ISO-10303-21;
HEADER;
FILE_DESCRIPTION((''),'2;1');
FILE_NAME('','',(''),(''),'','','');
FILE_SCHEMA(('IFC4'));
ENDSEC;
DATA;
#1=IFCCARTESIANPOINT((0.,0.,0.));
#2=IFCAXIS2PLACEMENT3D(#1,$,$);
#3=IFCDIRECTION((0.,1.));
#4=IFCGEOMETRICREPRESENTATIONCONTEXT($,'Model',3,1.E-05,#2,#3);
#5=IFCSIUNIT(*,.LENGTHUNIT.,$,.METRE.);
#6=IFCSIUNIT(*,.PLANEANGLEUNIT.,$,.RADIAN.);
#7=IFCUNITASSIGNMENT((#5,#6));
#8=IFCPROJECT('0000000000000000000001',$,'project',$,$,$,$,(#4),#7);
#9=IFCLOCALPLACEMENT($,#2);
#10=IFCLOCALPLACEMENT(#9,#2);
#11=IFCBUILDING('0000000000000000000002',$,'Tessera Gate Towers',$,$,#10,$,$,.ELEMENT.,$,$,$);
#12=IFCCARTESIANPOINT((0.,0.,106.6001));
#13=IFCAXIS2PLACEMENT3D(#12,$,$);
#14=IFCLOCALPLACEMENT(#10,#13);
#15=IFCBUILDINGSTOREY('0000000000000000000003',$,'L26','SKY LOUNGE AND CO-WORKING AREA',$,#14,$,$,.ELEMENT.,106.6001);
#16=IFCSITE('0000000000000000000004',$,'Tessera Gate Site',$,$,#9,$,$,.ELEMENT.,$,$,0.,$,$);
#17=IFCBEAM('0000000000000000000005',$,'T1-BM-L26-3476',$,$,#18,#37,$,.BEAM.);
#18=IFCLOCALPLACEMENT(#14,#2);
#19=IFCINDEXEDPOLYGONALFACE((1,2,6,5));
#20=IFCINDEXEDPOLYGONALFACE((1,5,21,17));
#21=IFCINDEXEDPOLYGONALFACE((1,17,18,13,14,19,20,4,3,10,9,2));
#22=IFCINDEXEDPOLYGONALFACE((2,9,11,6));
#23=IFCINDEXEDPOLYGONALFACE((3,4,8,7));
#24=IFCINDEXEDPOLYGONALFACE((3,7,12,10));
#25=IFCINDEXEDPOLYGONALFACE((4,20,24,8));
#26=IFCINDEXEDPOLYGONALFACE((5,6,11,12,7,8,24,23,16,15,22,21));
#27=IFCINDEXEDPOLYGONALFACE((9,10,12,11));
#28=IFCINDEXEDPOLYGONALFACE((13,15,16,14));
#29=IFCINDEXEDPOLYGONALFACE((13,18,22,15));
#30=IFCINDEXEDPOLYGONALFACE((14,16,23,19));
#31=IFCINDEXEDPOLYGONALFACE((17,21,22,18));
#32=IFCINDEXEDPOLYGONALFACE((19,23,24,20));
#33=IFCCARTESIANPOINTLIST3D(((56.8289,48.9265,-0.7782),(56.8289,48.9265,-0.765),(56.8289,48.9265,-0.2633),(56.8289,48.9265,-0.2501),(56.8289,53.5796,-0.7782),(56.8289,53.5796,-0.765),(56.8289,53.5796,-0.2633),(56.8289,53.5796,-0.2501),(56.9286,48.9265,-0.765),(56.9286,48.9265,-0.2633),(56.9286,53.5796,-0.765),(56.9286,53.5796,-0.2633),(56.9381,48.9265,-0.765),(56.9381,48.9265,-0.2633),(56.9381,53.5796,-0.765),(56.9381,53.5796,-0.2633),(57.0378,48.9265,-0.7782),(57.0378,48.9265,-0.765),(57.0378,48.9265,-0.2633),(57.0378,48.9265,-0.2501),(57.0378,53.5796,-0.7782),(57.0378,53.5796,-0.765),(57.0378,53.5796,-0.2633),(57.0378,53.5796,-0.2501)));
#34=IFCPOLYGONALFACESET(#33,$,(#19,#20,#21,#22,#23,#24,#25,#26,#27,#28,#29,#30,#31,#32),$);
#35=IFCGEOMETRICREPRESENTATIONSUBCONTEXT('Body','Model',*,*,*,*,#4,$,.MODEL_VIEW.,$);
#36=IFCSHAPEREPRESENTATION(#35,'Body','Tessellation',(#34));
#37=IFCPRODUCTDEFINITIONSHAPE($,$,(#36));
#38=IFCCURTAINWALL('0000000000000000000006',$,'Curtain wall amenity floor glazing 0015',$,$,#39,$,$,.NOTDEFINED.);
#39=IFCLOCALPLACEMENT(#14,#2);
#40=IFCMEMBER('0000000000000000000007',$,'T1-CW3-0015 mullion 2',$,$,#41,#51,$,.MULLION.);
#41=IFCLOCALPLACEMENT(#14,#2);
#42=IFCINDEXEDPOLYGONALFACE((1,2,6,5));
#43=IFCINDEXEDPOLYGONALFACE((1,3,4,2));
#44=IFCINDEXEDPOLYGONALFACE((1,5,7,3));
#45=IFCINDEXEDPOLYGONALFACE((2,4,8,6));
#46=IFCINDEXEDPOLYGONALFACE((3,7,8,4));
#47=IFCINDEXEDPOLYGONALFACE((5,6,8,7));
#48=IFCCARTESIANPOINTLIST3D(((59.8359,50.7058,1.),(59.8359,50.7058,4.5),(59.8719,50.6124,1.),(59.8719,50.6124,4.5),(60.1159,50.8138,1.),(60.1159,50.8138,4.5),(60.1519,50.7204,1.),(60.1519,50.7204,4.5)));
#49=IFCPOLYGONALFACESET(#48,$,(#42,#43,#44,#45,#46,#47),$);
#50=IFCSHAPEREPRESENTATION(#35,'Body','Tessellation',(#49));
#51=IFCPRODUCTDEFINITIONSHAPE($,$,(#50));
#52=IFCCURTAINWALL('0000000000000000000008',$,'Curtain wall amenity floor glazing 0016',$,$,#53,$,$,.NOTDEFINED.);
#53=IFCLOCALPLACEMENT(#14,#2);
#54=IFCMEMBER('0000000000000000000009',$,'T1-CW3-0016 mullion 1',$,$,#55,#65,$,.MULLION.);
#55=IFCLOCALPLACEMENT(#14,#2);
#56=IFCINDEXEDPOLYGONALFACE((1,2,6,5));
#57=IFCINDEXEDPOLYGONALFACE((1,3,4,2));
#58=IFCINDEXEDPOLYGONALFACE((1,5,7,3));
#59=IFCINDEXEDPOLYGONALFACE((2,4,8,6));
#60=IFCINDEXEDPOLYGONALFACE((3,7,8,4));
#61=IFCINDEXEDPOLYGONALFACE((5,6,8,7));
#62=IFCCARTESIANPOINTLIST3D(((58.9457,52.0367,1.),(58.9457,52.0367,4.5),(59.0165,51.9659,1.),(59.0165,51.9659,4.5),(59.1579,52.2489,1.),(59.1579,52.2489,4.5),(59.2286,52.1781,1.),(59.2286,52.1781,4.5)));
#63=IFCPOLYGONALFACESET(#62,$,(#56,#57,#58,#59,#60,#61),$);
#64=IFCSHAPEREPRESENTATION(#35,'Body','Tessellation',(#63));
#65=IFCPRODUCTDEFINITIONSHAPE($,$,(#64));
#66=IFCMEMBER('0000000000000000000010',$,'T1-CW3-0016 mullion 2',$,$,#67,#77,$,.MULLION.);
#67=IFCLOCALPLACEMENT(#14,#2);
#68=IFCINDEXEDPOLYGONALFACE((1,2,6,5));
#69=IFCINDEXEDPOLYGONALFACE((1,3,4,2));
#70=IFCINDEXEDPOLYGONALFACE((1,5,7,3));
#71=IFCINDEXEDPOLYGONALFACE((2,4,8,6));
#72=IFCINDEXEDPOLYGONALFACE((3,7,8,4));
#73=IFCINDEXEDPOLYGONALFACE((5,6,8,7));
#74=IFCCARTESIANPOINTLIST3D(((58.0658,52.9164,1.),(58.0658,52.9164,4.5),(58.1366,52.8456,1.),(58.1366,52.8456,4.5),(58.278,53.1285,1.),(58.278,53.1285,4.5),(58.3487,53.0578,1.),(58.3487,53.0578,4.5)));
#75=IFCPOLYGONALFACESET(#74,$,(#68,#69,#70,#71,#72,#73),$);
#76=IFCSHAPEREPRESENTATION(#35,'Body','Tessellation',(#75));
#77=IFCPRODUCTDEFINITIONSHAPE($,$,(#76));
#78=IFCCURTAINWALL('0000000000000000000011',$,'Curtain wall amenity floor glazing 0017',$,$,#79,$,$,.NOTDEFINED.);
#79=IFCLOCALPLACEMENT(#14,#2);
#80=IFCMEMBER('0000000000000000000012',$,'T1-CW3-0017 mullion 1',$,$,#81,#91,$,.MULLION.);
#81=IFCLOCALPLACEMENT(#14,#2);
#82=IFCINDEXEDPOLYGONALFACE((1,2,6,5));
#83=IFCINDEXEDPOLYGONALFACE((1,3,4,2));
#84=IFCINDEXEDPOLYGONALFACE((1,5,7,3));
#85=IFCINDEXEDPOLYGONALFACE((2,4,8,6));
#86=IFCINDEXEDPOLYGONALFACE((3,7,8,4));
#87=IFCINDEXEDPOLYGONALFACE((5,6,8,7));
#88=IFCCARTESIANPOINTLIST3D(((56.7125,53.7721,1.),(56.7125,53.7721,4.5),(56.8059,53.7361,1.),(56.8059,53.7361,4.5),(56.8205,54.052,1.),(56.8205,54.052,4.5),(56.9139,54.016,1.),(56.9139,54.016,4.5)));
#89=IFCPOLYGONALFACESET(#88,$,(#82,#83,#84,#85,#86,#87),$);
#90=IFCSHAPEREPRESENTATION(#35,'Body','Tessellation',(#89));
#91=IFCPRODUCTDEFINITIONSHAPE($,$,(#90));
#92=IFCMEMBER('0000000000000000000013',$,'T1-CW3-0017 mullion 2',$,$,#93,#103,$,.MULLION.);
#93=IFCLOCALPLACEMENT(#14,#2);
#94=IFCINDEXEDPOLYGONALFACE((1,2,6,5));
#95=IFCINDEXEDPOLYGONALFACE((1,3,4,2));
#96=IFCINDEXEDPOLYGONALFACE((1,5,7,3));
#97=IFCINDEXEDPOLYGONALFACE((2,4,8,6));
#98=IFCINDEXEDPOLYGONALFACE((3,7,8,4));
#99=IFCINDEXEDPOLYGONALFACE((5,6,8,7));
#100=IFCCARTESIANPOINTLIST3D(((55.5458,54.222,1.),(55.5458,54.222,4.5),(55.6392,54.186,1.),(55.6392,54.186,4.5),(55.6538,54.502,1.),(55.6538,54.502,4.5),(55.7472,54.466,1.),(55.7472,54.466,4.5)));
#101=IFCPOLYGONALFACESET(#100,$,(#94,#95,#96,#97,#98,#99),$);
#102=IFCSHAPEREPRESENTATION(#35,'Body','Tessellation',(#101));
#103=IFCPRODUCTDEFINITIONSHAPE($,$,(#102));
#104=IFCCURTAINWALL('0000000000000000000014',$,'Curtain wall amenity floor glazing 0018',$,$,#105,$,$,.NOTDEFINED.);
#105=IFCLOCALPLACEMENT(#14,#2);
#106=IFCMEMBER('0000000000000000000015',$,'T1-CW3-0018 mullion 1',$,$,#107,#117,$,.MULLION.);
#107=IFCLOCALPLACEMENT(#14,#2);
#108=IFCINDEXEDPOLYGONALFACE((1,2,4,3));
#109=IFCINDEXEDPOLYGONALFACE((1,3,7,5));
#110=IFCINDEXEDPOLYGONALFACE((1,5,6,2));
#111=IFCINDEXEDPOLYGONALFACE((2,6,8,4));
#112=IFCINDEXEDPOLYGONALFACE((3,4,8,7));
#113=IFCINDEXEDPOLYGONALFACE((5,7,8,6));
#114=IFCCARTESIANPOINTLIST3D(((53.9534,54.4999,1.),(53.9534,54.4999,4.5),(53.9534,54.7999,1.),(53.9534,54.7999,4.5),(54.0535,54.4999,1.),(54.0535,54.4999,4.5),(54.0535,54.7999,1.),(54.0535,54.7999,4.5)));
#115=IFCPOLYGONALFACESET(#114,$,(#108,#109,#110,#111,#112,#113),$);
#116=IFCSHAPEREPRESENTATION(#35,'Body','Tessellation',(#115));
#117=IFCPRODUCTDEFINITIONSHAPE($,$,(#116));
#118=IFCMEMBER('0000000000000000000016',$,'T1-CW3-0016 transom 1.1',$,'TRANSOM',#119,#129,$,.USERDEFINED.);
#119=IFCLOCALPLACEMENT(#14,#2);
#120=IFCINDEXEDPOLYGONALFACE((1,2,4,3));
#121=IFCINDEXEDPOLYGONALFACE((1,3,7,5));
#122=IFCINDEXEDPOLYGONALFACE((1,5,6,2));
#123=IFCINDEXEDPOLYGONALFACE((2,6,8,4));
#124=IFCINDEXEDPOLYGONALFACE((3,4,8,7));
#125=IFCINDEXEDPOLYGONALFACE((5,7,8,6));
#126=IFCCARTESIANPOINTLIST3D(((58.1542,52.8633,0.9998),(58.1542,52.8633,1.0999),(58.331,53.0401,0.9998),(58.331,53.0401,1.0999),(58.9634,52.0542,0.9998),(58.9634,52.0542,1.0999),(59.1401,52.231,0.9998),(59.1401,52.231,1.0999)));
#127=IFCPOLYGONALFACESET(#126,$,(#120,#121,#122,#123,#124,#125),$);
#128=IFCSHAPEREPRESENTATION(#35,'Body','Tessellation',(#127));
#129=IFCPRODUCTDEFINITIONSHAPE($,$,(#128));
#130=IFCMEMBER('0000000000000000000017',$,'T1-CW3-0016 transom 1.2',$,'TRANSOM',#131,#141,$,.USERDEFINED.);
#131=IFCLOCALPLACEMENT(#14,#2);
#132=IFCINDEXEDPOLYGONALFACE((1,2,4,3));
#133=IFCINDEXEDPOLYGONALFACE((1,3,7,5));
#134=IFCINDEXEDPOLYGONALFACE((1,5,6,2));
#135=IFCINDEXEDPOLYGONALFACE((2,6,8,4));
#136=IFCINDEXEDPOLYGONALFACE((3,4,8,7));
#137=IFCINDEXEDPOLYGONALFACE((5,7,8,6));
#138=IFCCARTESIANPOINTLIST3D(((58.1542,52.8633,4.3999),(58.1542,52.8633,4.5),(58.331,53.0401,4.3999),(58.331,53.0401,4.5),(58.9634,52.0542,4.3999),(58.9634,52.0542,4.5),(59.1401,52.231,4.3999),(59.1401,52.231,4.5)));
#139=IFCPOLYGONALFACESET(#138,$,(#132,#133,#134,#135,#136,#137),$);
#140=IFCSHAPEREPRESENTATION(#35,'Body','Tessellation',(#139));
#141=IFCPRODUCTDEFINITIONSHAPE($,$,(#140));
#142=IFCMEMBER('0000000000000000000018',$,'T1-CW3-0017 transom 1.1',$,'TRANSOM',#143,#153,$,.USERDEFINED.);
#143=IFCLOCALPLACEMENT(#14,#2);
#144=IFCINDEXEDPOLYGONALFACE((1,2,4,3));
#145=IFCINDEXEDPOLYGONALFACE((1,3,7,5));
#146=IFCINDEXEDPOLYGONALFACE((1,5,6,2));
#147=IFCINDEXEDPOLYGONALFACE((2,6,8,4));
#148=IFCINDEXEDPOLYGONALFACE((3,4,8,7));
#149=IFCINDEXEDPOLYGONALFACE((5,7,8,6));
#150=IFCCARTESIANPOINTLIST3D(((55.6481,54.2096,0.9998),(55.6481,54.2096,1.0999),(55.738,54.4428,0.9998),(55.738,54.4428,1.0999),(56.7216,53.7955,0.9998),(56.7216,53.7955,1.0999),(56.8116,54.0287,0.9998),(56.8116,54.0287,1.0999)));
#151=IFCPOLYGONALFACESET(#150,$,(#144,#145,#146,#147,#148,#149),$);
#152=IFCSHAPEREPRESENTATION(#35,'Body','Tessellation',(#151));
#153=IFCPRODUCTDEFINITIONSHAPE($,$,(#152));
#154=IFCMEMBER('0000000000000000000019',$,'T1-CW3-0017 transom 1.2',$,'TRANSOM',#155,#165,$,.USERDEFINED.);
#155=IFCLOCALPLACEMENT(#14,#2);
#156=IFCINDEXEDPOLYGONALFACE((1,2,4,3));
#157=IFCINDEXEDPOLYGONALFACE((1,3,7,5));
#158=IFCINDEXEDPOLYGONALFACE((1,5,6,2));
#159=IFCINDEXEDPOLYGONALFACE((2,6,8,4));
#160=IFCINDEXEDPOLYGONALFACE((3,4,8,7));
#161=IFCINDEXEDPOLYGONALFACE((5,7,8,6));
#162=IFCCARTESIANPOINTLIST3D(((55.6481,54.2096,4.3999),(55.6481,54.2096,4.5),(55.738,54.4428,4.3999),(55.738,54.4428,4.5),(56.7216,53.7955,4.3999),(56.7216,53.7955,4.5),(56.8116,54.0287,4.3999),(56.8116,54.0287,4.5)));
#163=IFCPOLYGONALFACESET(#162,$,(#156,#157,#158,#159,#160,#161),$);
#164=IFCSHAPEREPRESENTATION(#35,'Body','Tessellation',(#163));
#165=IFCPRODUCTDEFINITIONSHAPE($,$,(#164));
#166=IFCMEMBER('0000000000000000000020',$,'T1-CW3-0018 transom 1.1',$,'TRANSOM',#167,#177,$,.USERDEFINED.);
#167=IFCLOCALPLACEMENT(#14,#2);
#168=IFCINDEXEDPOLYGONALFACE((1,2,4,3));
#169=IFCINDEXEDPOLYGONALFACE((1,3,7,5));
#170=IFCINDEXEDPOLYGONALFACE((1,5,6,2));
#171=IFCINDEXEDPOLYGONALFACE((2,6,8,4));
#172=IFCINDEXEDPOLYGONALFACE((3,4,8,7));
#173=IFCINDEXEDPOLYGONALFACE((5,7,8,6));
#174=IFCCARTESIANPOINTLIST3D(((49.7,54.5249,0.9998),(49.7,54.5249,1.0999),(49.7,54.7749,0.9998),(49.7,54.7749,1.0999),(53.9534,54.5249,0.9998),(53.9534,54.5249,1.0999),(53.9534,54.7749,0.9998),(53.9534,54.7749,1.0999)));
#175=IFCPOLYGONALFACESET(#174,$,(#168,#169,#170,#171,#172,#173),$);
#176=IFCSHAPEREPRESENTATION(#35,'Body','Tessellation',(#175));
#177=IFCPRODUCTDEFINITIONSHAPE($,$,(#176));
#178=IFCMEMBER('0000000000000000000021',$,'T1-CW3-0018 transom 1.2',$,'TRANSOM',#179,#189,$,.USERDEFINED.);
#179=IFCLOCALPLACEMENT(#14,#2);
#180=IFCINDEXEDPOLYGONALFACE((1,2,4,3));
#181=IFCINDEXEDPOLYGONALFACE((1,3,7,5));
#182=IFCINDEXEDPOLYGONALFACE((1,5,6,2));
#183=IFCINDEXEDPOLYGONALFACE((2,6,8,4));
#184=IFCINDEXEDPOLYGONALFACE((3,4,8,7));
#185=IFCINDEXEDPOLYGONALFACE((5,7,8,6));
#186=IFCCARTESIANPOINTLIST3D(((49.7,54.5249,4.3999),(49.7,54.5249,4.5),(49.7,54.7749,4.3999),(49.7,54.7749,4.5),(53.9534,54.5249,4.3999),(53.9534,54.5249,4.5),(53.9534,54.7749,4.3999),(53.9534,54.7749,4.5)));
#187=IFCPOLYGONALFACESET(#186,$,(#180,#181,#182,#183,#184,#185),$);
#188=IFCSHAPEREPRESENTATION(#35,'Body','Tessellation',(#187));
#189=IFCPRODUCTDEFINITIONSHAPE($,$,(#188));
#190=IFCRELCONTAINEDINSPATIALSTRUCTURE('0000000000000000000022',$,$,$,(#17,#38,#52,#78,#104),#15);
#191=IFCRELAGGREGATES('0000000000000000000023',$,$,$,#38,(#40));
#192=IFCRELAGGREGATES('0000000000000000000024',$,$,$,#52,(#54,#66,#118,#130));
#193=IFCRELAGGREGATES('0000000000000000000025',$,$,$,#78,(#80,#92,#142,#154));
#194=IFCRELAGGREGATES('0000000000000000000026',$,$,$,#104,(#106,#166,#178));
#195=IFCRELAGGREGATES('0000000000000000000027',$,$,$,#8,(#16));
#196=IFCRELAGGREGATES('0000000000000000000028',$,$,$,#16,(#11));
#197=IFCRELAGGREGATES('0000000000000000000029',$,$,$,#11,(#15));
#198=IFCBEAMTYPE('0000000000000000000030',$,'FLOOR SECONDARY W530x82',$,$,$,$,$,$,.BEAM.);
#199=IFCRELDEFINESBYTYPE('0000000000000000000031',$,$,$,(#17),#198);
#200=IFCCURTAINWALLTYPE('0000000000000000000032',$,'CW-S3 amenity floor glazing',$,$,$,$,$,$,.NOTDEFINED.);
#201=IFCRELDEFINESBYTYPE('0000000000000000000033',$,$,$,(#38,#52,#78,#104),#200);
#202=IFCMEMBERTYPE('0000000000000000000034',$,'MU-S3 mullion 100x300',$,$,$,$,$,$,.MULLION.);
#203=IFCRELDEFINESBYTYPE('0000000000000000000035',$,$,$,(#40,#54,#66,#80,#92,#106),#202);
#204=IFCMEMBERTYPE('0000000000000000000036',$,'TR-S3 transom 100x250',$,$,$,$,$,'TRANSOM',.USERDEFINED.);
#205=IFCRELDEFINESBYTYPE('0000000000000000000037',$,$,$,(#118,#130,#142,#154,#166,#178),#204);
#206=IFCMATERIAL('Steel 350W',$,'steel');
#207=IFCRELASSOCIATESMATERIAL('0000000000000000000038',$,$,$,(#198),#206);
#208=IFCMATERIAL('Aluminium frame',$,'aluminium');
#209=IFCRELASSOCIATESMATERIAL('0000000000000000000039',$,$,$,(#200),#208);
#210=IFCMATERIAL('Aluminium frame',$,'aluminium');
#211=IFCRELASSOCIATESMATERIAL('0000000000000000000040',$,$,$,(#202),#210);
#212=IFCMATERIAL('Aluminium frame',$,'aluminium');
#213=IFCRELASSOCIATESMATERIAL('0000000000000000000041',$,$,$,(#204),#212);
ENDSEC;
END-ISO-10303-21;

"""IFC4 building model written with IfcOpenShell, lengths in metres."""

from ifc_helpers import new_model, si_unit, direction, frame, origin, origin_2d, place, context, subcontext, project, spatial, rectangle, i_section, extrude, material, material_profile, profile_set, type_object, element, aggregate, save


model = new_model("IFC4")

# Units and contexts
model_context = context("Model", 3, precision=1e-05, world=origin(), true_north=direction((0.0, 1.0)))
body_context = subcontext(model_context, "Body", "Model", "MODEL_VIEW")
ifc_project = project(units=[si_unit("LENGTHUNIT", "METRE"), si_unit("PLANEANGLEUNIT", "RADIAN")], contexts=[model_context])

# Site, building, storey
site_placement = place(None, origin())
site = spatial("IfcSite", under=ifc_project, at=site_placement, Name="Tessera Gate Site", CompositionType="ELEMENT", RefElevation=0.0)
building_placement = place(site_placement, origin())
building = spatial("IfcBuilding", under=site, at=building_placement, Name="Tessera Gate Towers", CompositionType="ELEMENT")
storey_placement = place(building_placement, frame((0.0, 0.0, 106.6001)))
storey = spatial("IfcBuildingStorey", under=building, at=storey_placement, Name="L26", Description="SKY LOUNGE AND CO-WORKING AREA", CompositionType="ELEMENT", Elevation=106.6001)

# Beam
ifc_material_1 = material(Name="Steel 350W", Category="steel")
ifc_material_profile_1 = material_profile(ifc_material_1, i_section(OverallWidth=0.209, OverallDepth=0.5281, WebThickness=0.0095, FlangeThickness=0.0132, at=origin_2d()), Name="W530x82")
ifc_profile_set_1 = profile_set([ifc_material_profile_1], Name="Steel 350W")
beam_type_1 = type_object("IfcBeamType", Name="FLOOR SECONDARY W530x82", PredefinedType="BEAM", material=ifc_profile_set_1)
beam_1_placement = place(storey_placement, frame((56.9333, 48.9265, -0.5142), z_axis=(0.0, 1.0, 0.0), x_axis=(-1.0, 0.0, 0.0)))
element("IfcBeam", 1, at=beam_1_placement, inside=storey, type_object=beam_type_1, Name="T1-BM-L26-3476", PredefinedType="BEAM", context=body_context, shape_type="SweptSolid", body=[
    extrude(i_section(OverallWidth=0.209, OverallDepth=0.5281, WebThickness=0.0095, FlangeThickness=0.0132, at=origin_2d()), origin(), (0.0, 0.0, 1.0), 4.6531),
])

# Curtain wall, member
ifc_material_2 = material(Name="Aluminium frame", Category="aluminium")
curtain_wall_type = type_object("IfcCurtainWallType", Name="CW-S3 amenity floor glazing", PredefinedType="NOTDEFINED", material=ifc_material_2)
curtain_wall_1_placement = place(storey_placement, origin())
curtain_wall_1 = element("IfcCurtainWall", 2, at=curtain_wall_1_placement, inside=storey, type_object=curtain_wall_type, Name="Curtain wall amenity floor glazing 0015", PredefinedType="NOTDEFINED")
ifc_material_3 = material(Name="Aluminium frame", Category="aluminium")
ifc_material_profile_2 = material_profile(ifc_material_3, rectangle(XDim=0.1001, YDim=0.3, at=origin_2d()), Name="AL 100x300")
ifc_profile_set_2 = profile_set([ifc_material_profile_2], Name="Aluminium frame")
member_type_1 = type_object("IfcMemberType", Name="MU-S3 mullion 100x300", PredefinedType="MULLION", material=ifc_profile_set_2)
member_1_placement = place(storey_placement, frame((59.9939, 50.7131, 1.0), z_axis=(0.0, 0.0, 1.0), x_axis=(-0.359904, 0.932989, 0.0)))
member_1 = element("IfcMember", 3, at=member_1_placement, type_object=member_type_1, Name="T1-CW3-0015 mullion 2", PredefinedType="MULLION", context=body_context, shape_type="SweptSolid", body=[
    extrude(rectangle(XDim=0.1001, YDim=0.3, at=origin_2d()), origin(), (0.0, 0.0, 1.0), 3.5),
])

# Curtain walls, members
curtain_wall_2_placement = place(storey_placement, origin())
curtain_wall_2 = element("IfcCurtainWall", 4, at=curtain_wall_2_placement, inside=storey, type_object=curtain_wall_type, Name="Curtain wall amenity floor glazing 0016", PredefinedType="NOTDEFINED")
member_2_placement = place(storey_placement, frame((59.0872, 52.1074, 1.0), z_axis=(0.0, 0.0, 1.0), x_axis=(-0.707107, 0.707107, 0.0)))
member_2 = element("IfcMember", 5, at=member_2_placement, type_object=member_type_1, Name="T1-CW3-0016 mullion 1", PredefinedType="MULLION", context=body_context, shape_type="SweptSolid", body=[
    extrude(rectangle(XDim=0.1001, YDim=0.3, at=origin_2d()), origin(), (0.0, 0.0, 1.0), 3.5),
])
member_3_placement = place(storey_placement, frame((58.2073, 52.9871, 1.0), z_axis=(0.0, 0.0, 1.0), x_axis=(-0.707107, 0.707107, 0.0)))
member_3 = element("IfcMember", 6, at=member_3_placement, type_object=member_type_1, Name="T1-CW3-0016 mullion 2", PredefinedType="MULLION", context=body_context, shape_type="SweptSolid", body=[
    extrude(rectangle(XDim=0.1001, YDim=0.3, at=origin_2d()), origin(), (0.0, 0.0, 1.0), 3.5),
])
curtain_wall_3_placement = place(storey_placement, origin())
curtain_wall_3 = element("IfcCurtainWall", 7, at=curtain_wall_3_placement, inside=storey, type_object=curtain_wall_type, Name="Curtain wall amenity floor glazing 0017", PredefinedType="NOTDEFINED")
member_4_placement = place(storey_placement, frame((56.8132, 53.894, 1.0), z_axis=(0.0, 0.0, 1.0), x_axis=(-0.932989, 0.359904, 0.0)))
member_4 = element("IfcMember", 8, at=member_4_placement, type_object=member_type_1, Name="T1-CW3-0017 mullion 1", PredefinedType="MULLION", context=body_context, shape_type="SweptSolid", body=[
    extrude(rectangle(XDim=0.1001, YDim=0.3, at=origin_2d()), origin(), (0.0, 0.0, 1.0), 3.5),
])
member_5_placement = place(storey_placement, frame((55.6465, 54.344, 1.0), z_axis=(0.0, 0.0, 1.0), x_axis=(-0.932989, 0.359904, 0.0)))
member_5 = element("IfcMember", 9, at=member_5_placement, type_object=member_type_1, Name="T1-CW3-0017 mullion 2", PredefinedType="MULLION", context=body_context, shape_type="SweptSolid", body=[
    extrude(rectangle(XDim=0.1001, YDim=0.3, at=origin_2d()), origin(), (0.0, 0.0, 1.0), 3.5),
])

# Curtain wall, member
curtain_wall_4_placement = place(storey_placement, origin())
curtain_wall_4 = element("IfcCurtainWall", 10, at=curtain_wall_4_placement, inside=storey, type_object=curtain_wall_type, Name="Curtain wall amenity floor glazing 0018", PredefinedType="NOTDEFINED")
member_6_placement = place(storey_placement, frame((54.0034, 54.6499, 1.0), z_axis=(0.0, 0.0, 1.0), x_axis=(-1.0, 0.0, 0.0)))
member_6 = element("IfcMember", 11, at=member_6_placement, type_object=member_type_1, Name="T1-CW3-0018 mullion 1", PredefinedType="MULLION", context=body_context, shape_type="SweptSolid", body=[
    extrude(rectangle(XDim=0.1001, YDim=0.3, at=origin_2d()), origin(), (0.0, 0.0, 1.0), 3.5),
])

# Members
ifc_material_4 = material(Name="Aluminium frame", Category="aluminium")
ifc_material_profile_3 = material_profile(ifc_material_4, rectangle(XDim=0.25, YDim=0.1001, at=origin_2d()), Name="AL 100x250")
ifc_profile_set_3 = profile_set([ifc_material_profile_3], Name="Aluminium frame")
member_type_2 = type_object("IfcMemberType", Name="TR-S3 transom 100x250", ElementType="TRANSOM", PredefinedType="USERDEFINED", material=ifc_profile_set_3)
member_7_placement = place(storey_placement, frame((59.0518, 52.1426, 1.0498), z_axis=(-0.707107, 0.707107, 0.0), x_axis=(-0.707107, -0.707107, 0.0)))
member_7 = element("IfcMember", 12, at=member_7_placement, type_object=member_type_2, Name="T1-CW3-0016 transom 1.1", ObjectType="TRANSOM", PredefinedType="USERDEFINED", context=body_context, shape_type="SweptSolid", body=[
    extrude(rectangle(XDim=0.25, YDim=0.1001, at=origin_2d()), origin(), (0.0, 0.0, 1.0), 1.1443),
])
member_8_placement = place(storey_placement, frame((59.0518, 52.1426, 4.45), z_axis=(-0.707107, 0.707107, 0.0), x_axis=(-0.707107, -0.707107, 0.0)))
member_8 = element("IfcMember", 13, at=member_8_placement, type_object=member_type_2, Name="T1-CW3-0016 transom 1.2", ObjectType="TRANSOM", PredefinedType="USERDEFINED", context=body_context, shape_type="SweptSolid", body=[
    extrude(rectangle(XDim=0.25, YDim=0.1001, at=origin_2d()), origin(), (0.0, 0.0, 1.0), 1.1443),
])
member_9_placement = place(storey_placement, frame((56.7666, 53.9121, 1.0498), z_axis=(-0.933001, 0.359875, 0.0), x_axis=(-0.359875, -0.933001, 0.0)))
member_9 = element("IfcMember", 14, at=member_9_placement, type_object=member_type_2, Name="T1-CW3-0017 transom 1.1", ObjectType="TRANSOM", PredefinedType="USERDEFINED", context=body_context, shape_type="SweptSolid", body=[
    extrude(rectangle(XDim=0.25, YDim=0.1001, at=origin_2d()), origin(), (0.0, 0.0, 1.0), 1.1506),
])
member_10_placement = place(storey_placement, frame((56.7666, 53.9121, 4.45), z_axis=(-0.933001, 0.359875, 0.0), x_axis=(-0.359875, -0.933001, 0.0)))
member_10 = element("IfcMember", 15, at=member_10_placement, type_object=member_type_2, Name="T1-CW3-0017 transom 1.2", ObjectType="TRANSOM", PredefinedType="USERDEFINED", context=body_context, shape_type="SweptSolid", body=[
    extrude(rectangle(XDim=0.25, YDim=0.1001, at=origin_2d()), origin(), (0.0, 0.0, 1.0), 1.1506),
])
member_11_placement = place(storey_placement, frame((53.9534, 54.6499, 1.0498), z_axis=(-1.0, 0.0, 0.0), x_axis=(0.0, -1.0, 0.0)))
member_11 = element("IfcMember", 16, at=member_11_placement, type_object=member_type_2, Name="T1-CW3-0018 transom 1.1", ObjectType="TRANSOM", PredefinedType="USERDEFINED", context=body_context, shape_type="SweptSolid", body=[
    extrude(rectangle(XDim=0.25, YDim=0.1001, at=origin_2d()), origin(), (0.0, 0.0, 1.0), 4.2534),
])
member_12_placement = place(storey_placement, frame((53.9534, 54.6499, 4.45), z_axis=(-1.0, 0.0, 0.0), x_axis=(0.0, -1.0, 0.0)))
member_12 = element("IfcMember", 17, at=member_12_placement, type_object=member_type_2, Name="T1-CW3-0018 transom 1.2", ObjectType="TRANSOM", PredefinedType="USERDEFINED", context=body_context, shape_type="SweptSolid", body=[
    extrude(rectangle(XDim=0.25, YDim=0.1001, at=origin_2d()), origin(), (0.0, 0.0, 1.0), 4.2534),
])

aggregate(curtain_wall_1, [member_1])
aggregate(curtain_wall_2, [member_2, member_3, member_7, member_8])
aggregate(curtain_wall_3, [member_4, member_5, member_9, member_10])
aggregate(curtain_wall_4, [member_6, member_11, member_12])

save(model, "model.ifc")
